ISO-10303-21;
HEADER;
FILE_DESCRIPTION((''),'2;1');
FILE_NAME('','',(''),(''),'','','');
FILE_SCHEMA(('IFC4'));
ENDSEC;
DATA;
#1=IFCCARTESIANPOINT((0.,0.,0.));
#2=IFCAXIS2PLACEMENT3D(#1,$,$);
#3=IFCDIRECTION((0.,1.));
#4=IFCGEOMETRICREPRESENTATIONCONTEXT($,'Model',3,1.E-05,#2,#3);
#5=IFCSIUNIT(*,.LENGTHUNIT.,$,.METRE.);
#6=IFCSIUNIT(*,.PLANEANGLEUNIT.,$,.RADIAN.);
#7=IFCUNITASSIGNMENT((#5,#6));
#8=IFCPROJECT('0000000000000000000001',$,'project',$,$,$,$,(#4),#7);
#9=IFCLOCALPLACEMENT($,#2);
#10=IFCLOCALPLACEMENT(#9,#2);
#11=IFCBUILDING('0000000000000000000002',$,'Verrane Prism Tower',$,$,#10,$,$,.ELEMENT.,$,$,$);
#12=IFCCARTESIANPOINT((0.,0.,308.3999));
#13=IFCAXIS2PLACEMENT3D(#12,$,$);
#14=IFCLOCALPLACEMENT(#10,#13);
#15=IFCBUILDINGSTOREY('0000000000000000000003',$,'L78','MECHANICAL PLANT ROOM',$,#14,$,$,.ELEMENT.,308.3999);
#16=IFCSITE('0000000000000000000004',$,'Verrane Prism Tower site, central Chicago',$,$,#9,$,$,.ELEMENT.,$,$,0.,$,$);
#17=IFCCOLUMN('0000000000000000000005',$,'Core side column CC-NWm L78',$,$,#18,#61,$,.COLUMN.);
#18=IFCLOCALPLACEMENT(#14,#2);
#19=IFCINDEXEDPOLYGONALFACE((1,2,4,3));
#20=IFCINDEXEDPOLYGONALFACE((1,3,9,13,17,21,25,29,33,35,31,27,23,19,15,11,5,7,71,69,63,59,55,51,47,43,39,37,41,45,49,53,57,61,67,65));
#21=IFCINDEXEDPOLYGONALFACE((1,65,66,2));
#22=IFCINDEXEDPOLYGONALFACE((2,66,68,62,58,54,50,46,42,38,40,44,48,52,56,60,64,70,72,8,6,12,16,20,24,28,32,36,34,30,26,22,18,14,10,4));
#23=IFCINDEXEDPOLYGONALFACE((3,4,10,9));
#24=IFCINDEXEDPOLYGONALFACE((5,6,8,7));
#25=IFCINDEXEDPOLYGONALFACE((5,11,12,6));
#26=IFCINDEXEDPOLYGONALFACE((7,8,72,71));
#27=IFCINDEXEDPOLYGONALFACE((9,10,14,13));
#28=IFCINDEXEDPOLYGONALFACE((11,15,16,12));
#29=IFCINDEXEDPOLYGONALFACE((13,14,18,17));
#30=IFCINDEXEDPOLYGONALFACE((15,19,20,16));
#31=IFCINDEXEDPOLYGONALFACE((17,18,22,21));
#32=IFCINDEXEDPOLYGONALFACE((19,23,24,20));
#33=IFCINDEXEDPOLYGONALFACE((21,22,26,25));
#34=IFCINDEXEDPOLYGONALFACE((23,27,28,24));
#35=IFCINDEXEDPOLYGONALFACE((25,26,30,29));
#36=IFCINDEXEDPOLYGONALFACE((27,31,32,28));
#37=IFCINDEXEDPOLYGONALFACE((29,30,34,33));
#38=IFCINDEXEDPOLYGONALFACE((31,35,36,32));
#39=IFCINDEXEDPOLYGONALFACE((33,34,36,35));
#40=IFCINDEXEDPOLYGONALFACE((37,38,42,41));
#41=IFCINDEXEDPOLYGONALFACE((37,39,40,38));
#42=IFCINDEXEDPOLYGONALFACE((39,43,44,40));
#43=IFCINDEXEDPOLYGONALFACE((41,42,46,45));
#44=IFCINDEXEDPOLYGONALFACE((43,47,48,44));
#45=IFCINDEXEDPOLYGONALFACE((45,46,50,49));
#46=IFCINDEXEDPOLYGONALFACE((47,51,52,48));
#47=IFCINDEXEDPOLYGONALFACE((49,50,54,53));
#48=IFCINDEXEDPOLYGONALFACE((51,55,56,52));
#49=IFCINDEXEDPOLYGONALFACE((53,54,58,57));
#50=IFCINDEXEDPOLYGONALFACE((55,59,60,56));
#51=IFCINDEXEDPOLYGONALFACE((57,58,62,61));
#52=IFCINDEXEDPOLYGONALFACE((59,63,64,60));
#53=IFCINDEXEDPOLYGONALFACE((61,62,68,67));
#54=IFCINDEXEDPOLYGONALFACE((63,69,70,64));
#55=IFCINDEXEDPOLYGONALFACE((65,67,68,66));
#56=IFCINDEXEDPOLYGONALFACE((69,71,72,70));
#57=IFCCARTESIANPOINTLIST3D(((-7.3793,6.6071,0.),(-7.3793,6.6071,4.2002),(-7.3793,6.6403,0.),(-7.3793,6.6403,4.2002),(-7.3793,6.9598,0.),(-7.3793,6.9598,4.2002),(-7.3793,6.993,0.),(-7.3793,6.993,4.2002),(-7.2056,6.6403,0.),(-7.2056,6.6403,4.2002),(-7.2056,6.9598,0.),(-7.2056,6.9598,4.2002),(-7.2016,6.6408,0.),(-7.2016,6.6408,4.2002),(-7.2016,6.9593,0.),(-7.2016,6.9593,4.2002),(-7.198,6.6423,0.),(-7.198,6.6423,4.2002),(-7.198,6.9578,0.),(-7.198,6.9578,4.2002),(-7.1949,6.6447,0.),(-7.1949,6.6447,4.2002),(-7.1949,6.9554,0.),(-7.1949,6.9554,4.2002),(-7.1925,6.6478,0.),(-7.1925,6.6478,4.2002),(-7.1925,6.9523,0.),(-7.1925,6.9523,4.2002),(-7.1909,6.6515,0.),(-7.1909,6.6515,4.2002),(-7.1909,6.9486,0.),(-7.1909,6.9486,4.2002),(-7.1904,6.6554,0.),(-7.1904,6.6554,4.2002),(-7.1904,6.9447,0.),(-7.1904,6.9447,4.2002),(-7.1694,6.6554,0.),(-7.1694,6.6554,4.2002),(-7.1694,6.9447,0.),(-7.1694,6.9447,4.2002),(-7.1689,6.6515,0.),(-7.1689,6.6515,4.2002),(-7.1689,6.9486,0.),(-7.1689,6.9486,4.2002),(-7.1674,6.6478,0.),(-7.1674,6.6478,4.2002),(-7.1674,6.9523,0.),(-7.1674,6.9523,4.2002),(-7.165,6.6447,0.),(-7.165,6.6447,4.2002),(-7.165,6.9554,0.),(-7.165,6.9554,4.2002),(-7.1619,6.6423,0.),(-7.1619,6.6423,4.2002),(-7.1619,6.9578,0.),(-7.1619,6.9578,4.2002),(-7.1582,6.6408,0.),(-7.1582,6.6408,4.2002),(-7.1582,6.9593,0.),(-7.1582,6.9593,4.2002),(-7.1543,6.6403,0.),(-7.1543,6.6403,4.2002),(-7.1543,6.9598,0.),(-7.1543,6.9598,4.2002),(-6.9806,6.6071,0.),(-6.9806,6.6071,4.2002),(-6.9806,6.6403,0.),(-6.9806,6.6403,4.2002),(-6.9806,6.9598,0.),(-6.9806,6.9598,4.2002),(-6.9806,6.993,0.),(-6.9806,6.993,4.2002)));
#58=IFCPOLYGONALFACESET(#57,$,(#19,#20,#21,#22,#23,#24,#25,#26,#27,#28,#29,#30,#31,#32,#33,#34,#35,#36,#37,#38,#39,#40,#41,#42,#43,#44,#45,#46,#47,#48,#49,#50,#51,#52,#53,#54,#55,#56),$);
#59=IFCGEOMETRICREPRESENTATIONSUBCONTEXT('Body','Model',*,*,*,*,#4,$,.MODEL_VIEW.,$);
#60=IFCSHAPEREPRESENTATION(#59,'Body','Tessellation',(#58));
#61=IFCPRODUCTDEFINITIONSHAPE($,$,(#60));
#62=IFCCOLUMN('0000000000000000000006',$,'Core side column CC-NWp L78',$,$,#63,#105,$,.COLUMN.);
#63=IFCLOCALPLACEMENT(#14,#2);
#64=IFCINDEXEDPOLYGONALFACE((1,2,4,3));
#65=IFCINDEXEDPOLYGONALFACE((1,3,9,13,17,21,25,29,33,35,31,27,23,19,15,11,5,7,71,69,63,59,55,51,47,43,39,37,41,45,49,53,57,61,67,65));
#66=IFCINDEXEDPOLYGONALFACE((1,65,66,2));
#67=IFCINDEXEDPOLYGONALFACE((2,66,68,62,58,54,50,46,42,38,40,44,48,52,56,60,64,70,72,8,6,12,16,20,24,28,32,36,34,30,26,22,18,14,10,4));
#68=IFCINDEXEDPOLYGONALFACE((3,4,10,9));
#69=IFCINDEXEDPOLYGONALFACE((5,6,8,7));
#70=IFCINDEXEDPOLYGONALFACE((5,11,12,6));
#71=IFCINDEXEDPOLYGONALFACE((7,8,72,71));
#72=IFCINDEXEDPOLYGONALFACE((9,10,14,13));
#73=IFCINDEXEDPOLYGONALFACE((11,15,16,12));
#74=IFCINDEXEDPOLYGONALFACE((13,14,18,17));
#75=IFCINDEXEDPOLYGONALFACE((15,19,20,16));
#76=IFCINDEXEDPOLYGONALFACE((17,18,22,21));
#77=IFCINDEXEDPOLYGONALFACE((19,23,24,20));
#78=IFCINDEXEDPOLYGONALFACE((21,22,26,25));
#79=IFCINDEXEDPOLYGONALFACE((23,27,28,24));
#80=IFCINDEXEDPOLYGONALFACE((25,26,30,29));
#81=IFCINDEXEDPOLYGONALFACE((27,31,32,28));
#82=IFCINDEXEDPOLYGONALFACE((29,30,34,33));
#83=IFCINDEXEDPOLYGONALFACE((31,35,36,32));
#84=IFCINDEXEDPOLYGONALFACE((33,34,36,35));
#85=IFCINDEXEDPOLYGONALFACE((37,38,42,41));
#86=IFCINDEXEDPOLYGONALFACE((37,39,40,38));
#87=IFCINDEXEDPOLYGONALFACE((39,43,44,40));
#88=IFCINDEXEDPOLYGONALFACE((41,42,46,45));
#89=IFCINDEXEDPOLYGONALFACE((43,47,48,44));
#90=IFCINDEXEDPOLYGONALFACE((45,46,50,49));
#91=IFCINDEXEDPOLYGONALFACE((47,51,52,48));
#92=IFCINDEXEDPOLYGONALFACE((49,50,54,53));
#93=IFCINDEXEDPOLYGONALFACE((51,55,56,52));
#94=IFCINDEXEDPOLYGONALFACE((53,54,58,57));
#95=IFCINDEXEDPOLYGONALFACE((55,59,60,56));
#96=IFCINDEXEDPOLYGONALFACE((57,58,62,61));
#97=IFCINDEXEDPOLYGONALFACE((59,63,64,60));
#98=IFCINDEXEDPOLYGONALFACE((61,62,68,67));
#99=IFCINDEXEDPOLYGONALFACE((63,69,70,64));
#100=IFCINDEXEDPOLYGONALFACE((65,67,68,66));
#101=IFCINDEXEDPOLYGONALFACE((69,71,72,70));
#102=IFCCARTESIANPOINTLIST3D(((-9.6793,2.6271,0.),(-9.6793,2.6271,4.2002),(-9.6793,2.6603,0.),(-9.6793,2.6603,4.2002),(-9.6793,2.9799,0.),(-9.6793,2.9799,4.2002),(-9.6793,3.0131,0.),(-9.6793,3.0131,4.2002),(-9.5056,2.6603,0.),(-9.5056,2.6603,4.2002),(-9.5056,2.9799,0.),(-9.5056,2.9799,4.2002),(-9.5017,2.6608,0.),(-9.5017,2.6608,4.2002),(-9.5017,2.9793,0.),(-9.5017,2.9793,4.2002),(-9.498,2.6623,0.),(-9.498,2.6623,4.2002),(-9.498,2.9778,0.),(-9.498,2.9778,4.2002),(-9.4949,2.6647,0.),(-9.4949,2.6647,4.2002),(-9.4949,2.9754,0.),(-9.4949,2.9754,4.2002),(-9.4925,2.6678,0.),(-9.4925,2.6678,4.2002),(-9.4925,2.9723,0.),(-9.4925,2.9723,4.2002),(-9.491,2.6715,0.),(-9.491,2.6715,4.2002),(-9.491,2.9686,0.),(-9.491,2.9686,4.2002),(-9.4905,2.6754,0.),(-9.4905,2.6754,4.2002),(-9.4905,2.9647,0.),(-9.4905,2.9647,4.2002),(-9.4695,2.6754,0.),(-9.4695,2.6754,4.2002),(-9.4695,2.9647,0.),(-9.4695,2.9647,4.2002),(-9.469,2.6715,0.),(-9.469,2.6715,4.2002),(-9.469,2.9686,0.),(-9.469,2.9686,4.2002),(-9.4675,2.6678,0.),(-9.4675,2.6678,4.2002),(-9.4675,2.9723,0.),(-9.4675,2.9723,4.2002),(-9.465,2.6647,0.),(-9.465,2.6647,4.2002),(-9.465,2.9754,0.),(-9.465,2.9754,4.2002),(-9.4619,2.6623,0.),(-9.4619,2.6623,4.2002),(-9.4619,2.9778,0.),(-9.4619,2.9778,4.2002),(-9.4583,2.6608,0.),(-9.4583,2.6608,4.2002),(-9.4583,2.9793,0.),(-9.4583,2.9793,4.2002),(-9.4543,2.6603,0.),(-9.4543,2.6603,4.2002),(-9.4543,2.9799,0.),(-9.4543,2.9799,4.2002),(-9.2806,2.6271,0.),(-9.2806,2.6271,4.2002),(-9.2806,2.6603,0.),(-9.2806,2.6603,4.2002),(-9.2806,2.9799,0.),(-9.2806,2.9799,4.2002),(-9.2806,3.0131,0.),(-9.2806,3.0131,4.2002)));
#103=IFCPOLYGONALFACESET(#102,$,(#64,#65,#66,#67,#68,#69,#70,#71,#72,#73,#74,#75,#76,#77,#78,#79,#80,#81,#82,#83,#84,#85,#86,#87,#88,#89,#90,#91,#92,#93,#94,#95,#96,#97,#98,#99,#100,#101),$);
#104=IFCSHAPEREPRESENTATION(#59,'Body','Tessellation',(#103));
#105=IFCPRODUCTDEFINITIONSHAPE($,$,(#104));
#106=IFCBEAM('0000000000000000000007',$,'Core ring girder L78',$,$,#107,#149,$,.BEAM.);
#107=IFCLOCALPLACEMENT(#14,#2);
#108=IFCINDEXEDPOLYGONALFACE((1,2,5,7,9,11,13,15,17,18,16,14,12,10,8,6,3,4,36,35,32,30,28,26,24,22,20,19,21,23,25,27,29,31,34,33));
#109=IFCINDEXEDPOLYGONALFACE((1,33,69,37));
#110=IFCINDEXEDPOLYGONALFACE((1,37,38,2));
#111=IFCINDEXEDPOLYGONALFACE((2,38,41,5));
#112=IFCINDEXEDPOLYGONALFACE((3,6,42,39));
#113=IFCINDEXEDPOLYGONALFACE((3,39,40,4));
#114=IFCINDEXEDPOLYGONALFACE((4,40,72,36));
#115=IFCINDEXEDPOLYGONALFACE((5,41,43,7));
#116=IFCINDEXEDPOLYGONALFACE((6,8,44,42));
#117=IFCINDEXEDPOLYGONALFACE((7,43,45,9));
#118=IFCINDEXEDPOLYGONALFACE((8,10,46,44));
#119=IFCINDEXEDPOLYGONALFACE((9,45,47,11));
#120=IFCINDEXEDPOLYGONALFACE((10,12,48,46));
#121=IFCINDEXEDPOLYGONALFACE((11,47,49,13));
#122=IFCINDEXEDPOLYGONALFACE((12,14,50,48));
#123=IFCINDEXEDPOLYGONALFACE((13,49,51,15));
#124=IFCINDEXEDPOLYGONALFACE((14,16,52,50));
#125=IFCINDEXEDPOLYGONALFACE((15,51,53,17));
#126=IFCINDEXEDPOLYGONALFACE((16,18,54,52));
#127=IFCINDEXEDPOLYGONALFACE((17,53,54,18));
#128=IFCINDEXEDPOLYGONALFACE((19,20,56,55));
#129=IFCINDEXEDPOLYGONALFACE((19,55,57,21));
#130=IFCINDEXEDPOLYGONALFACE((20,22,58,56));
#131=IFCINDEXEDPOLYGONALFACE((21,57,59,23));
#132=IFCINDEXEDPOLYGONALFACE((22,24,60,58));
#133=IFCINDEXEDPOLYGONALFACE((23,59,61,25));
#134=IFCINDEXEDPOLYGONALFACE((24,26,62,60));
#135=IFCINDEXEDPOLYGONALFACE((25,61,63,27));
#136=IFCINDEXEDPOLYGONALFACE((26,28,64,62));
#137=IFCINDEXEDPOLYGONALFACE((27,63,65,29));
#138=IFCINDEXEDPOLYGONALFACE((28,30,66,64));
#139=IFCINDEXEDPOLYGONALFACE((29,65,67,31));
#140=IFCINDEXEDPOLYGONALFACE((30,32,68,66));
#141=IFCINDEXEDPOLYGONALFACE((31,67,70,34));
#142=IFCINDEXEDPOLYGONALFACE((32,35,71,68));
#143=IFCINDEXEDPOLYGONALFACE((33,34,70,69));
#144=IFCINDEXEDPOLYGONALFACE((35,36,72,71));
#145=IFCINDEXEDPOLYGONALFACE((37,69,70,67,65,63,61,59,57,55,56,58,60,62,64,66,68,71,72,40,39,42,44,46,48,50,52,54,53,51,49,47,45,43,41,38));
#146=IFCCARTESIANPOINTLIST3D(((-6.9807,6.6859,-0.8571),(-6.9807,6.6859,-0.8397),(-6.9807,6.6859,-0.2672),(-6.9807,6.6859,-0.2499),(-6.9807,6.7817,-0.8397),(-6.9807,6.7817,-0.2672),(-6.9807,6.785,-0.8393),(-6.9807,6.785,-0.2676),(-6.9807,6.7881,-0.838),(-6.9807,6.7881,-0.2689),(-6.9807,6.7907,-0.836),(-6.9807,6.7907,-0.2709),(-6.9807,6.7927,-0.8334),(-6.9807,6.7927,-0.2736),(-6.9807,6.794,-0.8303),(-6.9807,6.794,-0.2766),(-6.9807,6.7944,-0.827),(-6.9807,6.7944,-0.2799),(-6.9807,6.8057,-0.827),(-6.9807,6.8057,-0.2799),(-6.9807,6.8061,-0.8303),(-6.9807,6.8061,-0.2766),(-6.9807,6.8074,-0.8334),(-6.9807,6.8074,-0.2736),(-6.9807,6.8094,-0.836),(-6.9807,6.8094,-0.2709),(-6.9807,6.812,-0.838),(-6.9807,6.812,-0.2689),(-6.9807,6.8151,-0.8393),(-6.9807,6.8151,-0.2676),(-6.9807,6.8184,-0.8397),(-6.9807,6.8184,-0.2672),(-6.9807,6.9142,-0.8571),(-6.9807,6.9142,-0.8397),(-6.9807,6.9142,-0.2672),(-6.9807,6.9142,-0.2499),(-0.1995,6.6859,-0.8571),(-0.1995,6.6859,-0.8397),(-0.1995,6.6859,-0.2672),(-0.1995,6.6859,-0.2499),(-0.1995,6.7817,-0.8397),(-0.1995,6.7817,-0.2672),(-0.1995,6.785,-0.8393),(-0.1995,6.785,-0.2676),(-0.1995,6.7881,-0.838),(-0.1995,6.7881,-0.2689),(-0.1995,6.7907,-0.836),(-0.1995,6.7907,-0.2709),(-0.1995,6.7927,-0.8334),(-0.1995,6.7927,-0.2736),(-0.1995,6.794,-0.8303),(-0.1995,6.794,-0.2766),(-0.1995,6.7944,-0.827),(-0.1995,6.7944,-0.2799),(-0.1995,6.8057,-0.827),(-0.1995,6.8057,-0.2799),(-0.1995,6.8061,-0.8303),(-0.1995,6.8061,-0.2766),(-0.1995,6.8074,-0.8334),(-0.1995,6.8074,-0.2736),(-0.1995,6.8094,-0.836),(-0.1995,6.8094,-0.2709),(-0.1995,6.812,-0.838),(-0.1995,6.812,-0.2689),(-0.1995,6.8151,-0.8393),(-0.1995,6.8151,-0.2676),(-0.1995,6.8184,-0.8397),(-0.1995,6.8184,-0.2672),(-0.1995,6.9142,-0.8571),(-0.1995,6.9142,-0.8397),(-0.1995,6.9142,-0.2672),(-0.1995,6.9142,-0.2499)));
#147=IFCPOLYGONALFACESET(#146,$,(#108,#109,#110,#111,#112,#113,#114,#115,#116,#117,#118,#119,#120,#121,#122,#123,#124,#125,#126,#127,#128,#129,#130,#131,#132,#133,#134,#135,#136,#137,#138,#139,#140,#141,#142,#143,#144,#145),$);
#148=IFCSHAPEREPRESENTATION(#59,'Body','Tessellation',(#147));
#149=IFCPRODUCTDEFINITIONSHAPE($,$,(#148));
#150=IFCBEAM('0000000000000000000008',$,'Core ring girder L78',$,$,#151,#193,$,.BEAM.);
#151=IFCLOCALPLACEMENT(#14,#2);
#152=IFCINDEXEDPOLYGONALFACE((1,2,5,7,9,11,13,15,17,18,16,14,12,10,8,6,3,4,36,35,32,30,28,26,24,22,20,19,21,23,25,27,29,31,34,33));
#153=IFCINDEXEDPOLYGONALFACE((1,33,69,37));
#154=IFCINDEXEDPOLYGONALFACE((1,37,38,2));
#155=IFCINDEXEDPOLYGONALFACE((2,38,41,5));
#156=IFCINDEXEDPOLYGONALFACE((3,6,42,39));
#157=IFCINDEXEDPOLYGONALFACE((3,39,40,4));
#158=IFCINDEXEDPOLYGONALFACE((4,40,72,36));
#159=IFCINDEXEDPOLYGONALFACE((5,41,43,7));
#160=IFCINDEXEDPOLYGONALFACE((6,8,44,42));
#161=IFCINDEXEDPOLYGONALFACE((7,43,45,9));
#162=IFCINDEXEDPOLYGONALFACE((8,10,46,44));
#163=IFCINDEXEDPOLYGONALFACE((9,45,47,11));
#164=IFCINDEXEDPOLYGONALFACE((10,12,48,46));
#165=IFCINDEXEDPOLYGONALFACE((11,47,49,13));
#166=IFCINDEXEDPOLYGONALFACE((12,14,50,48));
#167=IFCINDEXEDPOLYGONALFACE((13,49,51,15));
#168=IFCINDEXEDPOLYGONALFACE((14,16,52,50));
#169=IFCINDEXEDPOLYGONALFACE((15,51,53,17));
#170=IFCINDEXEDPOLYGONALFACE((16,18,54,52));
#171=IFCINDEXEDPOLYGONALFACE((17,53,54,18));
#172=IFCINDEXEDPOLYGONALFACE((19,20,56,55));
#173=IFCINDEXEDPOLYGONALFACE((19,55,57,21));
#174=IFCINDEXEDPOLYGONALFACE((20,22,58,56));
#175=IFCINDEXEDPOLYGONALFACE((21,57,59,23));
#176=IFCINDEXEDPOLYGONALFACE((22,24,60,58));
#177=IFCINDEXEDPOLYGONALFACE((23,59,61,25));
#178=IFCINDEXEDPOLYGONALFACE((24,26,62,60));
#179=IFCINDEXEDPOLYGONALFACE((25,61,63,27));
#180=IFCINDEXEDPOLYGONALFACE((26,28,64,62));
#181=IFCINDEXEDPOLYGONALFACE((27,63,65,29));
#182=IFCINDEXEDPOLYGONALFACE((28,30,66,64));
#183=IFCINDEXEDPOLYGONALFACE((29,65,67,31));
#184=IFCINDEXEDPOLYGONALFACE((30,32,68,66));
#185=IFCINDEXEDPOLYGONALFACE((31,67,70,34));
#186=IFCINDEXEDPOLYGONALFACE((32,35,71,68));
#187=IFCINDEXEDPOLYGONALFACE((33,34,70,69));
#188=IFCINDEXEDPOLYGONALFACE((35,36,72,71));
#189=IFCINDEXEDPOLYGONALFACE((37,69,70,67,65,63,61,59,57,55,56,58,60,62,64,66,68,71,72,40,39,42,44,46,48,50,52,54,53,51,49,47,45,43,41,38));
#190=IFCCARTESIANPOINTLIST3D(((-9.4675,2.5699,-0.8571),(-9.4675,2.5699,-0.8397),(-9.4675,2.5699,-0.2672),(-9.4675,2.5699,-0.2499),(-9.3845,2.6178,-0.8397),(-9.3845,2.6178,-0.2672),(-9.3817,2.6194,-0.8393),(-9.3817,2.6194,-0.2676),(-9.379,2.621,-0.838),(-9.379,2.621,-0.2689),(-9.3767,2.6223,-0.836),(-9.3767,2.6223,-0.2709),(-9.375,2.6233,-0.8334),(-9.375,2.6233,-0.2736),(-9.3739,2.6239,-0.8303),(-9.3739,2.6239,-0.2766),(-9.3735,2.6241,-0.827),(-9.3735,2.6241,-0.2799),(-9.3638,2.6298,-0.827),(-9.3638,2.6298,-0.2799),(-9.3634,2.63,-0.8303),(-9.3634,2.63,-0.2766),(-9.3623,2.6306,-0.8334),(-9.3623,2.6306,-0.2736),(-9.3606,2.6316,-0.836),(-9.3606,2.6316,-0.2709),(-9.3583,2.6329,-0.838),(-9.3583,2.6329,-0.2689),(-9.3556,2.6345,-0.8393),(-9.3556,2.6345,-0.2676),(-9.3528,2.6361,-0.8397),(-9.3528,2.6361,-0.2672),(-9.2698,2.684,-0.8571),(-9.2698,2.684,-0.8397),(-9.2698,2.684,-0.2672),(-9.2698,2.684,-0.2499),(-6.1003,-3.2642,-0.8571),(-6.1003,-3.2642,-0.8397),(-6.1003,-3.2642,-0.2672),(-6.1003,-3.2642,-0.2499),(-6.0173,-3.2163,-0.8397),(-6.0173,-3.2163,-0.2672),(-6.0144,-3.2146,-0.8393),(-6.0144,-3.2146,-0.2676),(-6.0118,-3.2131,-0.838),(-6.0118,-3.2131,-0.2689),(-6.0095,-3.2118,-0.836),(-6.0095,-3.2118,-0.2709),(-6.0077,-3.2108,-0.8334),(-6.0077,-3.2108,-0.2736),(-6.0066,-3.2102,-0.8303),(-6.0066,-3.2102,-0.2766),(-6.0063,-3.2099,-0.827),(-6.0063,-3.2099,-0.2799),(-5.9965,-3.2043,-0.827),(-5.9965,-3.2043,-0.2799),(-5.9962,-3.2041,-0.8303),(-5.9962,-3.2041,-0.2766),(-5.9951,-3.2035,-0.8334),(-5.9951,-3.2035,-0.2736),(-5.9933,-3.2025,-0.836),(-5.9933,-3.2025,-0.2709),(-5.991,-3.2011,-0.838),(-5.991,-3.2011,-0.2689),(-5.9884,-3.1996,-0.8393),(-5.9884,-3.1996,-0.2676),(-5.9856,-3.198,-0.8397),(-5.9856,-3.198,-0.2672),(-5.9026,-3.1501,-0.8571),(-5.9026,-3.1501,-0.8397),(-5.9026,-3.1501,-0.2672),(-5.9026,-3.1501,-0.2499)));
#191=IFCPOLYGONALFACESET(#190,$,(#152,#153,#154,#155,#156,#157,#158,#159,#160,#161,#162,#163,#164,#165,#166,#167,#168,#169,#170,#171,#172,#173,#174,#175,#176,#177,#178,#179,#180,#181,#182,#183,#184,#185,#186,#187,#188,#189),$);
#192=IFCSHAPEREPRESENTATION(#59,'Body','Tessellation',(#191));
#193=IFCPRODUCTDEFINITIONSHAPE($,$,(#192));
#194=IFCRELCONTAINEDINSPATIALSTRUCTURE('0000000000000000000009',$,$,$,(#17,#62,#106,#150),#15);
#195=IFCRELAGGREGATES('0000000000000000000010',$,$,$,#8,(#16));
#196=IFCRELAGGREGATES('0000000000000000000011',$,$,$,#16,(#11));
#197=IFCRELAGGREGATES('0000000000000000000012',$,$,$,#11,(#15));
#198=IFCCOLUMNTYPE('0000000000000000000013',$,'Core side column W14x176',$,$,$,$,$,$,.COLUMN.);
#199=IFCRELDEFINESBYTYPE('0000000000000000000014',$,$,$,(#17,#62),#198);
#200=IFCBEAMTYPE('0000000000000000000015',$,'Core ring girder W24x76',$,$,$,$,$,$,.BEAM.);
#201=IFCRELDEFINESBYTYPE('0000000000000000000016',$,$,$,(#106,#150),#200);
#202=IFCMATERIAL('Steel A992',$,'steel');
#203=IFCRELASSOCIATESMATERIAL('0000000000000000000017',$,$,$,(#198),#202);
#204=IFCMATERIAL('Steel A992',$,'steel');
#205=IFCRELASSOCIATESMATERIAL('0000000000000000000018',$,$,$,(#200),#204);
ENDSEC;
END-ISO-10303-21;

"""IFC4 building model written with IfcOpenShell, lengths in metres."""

from ifc_helpers import new_model, si_unit, direction, frame, origin, origin_2d, place, context, subcontext, project, spatial, i_section, extrude, material, material_profile, profile_set, type_object, element, save


model = new_model("IFC4")

# Units and contexts
model_context = context("Model", 3, precision=1e-05, world=origin(), true_north=direction((0.0, 1.0)))
body_context = subcontext(model_context, "Body", "Model", "MODEL_VIEW")
ifc_project = project(units=[si_unit("LENGTHUNIT", "METRE"), si_unit("PLANEANGLEUNIT", "RADIAN")], contexts=[model_context])

# Site, building, storey
site_placement = place(None, origin())
site = spatial("IfcSite", under=ifc_project, at=site_placement, Name="Verrane Prism Tower site, central Chicago", CompositionType="ELEMENT", RefElevation=0.0)
building_placement = place(site_placement, origin())
building = spatial("IfcBuilding", under=site, at=building_placement, Name="Verrane Prism Tower", CompositionType="ELEMENT")
storey_placement = place(building_placement, frame((0.0, 0.0, 308.3999)))
storey = spatial("IfcBuildingStorey", under=building, at=storey_placement, Name="L78", Description="MECHANICAL PLANT ROOM", CompositionType="ELEMENT", Elevation=308.3999)

# Columns
ifc_material_1 = material(Name="Steel A992", Category="steel")
ifc_material_profile_1 = material_profile(ifc_material_1, i_section(OverallWidth=0.3987, OverallDepth=0.386, WebThickness=0.021, FlangeThickness=0.0332, FilletRadius=0.0151, at=origin_2d()), Name="W14x176")
ifc_profile_set_1 = profile_set([ifc_material_profile_1], Name="Steel A992")
column_type = type_object("IfcColumnType", Name="Core side column W14x176", PredefinedType="COLUMN", material=ifc_profile_set_1)
for number, where, z_axis, x_axis, name in (
    (1, (-7.1799, 6.8, 0.0), (0.0, 0.0, 1.0), (1.0, 0.0, 0.0), "Core side column CC-NWm L78"),
    (2, (-9.48, 2.8201, 0.0), (0.0, 0.0, 1.0), (1.0, 0.0, 0.0), "Core side column CC-NWp L78"),
):
    element("IfcColumn", number, at=place(storey_placement, frame(where, z_axis=z_axis, x_axis=x_axis)), inside=storey, type_object=column_type, Name=name, PredefinedType="COLUMN", context=body_context, shape_type="SweptSolid", body=[
        extrude(i_section(OverallWidth=0.3987, OverallDepth=0.386, WebThickness=0.021, FlangeThickness=0.0332, FilletRadius=0.0151, at=origin_2d()), origin(), (0.0, 0.0, 1.0), 4.2002),
    ])

# Beams
ifc_material_2 = material(Name="Steel A992", Category="steel")
ifc_material_profile_2 = material_profile(ifc_material_2, i_section(OverallWidth=0.2283, OverallDepth=0.6072, WebThickness=0.0112, FlangeThickness=0.0173, FilletRadius=0.0127, at=origin_2d()), Name="W24x76")
ifc_profile_set_2 = profile_set([ifc_material_profile_2], Name="Steel A992")
beam_type = type_object("IfcBeamType", Name="Core ring girder W24x76", PredefinedType="BEAM", material=ifc_profile_set_2)
beam_1_placement = place(storey_placement, frame((-0.1995, 6.8, -0.5535), z_axis=(-1.0, 0.0, 0.0), x_axis=(0.0, -1.0, 0.0)))
element("IfcBeam", 3, at=beam_1_placement, inside=storey, type_object=beam_type, Name="Core ring girder L78", PredefinedType="BEAM", context=body_context, shape_type="SweptSolid", body=[
    extrude(i_section(OverallWidth=0.2283, OverallDepth=0.6072, WebThickness=0.0112, FlangeThickness=0.0173, FilletRadius=0.0127, at=origin_2d()), origin(), (0.0, 0.0, 1.0), 6.7812),
])
beam_2_placement = place(storey_placement, frame((-9.3687, 2.627, -0.5535), z_axis=(0.499881, -0.866094, 0.0), x_axis=(0.866094, 0.499881, 0.0)))
element("IfcBeam", 4, at=beam_2_placement, inside=storey, type_object=beam_type, Name="Core ring girder L78", PredefinedType="BEAM", context=body_context, shape_type="SweptSolid", body=[
    extrude(i_section(OverallWidth=0.2283, OverallDepth=0.6072, WebThickness=0.0112, FlangeThickness=0.0173, FilletRadius=0.0127, at=origin_2d()), origin(), (0.0, 0.0, 1.0), 6.7361),
])

save(model, "model.ifc")
